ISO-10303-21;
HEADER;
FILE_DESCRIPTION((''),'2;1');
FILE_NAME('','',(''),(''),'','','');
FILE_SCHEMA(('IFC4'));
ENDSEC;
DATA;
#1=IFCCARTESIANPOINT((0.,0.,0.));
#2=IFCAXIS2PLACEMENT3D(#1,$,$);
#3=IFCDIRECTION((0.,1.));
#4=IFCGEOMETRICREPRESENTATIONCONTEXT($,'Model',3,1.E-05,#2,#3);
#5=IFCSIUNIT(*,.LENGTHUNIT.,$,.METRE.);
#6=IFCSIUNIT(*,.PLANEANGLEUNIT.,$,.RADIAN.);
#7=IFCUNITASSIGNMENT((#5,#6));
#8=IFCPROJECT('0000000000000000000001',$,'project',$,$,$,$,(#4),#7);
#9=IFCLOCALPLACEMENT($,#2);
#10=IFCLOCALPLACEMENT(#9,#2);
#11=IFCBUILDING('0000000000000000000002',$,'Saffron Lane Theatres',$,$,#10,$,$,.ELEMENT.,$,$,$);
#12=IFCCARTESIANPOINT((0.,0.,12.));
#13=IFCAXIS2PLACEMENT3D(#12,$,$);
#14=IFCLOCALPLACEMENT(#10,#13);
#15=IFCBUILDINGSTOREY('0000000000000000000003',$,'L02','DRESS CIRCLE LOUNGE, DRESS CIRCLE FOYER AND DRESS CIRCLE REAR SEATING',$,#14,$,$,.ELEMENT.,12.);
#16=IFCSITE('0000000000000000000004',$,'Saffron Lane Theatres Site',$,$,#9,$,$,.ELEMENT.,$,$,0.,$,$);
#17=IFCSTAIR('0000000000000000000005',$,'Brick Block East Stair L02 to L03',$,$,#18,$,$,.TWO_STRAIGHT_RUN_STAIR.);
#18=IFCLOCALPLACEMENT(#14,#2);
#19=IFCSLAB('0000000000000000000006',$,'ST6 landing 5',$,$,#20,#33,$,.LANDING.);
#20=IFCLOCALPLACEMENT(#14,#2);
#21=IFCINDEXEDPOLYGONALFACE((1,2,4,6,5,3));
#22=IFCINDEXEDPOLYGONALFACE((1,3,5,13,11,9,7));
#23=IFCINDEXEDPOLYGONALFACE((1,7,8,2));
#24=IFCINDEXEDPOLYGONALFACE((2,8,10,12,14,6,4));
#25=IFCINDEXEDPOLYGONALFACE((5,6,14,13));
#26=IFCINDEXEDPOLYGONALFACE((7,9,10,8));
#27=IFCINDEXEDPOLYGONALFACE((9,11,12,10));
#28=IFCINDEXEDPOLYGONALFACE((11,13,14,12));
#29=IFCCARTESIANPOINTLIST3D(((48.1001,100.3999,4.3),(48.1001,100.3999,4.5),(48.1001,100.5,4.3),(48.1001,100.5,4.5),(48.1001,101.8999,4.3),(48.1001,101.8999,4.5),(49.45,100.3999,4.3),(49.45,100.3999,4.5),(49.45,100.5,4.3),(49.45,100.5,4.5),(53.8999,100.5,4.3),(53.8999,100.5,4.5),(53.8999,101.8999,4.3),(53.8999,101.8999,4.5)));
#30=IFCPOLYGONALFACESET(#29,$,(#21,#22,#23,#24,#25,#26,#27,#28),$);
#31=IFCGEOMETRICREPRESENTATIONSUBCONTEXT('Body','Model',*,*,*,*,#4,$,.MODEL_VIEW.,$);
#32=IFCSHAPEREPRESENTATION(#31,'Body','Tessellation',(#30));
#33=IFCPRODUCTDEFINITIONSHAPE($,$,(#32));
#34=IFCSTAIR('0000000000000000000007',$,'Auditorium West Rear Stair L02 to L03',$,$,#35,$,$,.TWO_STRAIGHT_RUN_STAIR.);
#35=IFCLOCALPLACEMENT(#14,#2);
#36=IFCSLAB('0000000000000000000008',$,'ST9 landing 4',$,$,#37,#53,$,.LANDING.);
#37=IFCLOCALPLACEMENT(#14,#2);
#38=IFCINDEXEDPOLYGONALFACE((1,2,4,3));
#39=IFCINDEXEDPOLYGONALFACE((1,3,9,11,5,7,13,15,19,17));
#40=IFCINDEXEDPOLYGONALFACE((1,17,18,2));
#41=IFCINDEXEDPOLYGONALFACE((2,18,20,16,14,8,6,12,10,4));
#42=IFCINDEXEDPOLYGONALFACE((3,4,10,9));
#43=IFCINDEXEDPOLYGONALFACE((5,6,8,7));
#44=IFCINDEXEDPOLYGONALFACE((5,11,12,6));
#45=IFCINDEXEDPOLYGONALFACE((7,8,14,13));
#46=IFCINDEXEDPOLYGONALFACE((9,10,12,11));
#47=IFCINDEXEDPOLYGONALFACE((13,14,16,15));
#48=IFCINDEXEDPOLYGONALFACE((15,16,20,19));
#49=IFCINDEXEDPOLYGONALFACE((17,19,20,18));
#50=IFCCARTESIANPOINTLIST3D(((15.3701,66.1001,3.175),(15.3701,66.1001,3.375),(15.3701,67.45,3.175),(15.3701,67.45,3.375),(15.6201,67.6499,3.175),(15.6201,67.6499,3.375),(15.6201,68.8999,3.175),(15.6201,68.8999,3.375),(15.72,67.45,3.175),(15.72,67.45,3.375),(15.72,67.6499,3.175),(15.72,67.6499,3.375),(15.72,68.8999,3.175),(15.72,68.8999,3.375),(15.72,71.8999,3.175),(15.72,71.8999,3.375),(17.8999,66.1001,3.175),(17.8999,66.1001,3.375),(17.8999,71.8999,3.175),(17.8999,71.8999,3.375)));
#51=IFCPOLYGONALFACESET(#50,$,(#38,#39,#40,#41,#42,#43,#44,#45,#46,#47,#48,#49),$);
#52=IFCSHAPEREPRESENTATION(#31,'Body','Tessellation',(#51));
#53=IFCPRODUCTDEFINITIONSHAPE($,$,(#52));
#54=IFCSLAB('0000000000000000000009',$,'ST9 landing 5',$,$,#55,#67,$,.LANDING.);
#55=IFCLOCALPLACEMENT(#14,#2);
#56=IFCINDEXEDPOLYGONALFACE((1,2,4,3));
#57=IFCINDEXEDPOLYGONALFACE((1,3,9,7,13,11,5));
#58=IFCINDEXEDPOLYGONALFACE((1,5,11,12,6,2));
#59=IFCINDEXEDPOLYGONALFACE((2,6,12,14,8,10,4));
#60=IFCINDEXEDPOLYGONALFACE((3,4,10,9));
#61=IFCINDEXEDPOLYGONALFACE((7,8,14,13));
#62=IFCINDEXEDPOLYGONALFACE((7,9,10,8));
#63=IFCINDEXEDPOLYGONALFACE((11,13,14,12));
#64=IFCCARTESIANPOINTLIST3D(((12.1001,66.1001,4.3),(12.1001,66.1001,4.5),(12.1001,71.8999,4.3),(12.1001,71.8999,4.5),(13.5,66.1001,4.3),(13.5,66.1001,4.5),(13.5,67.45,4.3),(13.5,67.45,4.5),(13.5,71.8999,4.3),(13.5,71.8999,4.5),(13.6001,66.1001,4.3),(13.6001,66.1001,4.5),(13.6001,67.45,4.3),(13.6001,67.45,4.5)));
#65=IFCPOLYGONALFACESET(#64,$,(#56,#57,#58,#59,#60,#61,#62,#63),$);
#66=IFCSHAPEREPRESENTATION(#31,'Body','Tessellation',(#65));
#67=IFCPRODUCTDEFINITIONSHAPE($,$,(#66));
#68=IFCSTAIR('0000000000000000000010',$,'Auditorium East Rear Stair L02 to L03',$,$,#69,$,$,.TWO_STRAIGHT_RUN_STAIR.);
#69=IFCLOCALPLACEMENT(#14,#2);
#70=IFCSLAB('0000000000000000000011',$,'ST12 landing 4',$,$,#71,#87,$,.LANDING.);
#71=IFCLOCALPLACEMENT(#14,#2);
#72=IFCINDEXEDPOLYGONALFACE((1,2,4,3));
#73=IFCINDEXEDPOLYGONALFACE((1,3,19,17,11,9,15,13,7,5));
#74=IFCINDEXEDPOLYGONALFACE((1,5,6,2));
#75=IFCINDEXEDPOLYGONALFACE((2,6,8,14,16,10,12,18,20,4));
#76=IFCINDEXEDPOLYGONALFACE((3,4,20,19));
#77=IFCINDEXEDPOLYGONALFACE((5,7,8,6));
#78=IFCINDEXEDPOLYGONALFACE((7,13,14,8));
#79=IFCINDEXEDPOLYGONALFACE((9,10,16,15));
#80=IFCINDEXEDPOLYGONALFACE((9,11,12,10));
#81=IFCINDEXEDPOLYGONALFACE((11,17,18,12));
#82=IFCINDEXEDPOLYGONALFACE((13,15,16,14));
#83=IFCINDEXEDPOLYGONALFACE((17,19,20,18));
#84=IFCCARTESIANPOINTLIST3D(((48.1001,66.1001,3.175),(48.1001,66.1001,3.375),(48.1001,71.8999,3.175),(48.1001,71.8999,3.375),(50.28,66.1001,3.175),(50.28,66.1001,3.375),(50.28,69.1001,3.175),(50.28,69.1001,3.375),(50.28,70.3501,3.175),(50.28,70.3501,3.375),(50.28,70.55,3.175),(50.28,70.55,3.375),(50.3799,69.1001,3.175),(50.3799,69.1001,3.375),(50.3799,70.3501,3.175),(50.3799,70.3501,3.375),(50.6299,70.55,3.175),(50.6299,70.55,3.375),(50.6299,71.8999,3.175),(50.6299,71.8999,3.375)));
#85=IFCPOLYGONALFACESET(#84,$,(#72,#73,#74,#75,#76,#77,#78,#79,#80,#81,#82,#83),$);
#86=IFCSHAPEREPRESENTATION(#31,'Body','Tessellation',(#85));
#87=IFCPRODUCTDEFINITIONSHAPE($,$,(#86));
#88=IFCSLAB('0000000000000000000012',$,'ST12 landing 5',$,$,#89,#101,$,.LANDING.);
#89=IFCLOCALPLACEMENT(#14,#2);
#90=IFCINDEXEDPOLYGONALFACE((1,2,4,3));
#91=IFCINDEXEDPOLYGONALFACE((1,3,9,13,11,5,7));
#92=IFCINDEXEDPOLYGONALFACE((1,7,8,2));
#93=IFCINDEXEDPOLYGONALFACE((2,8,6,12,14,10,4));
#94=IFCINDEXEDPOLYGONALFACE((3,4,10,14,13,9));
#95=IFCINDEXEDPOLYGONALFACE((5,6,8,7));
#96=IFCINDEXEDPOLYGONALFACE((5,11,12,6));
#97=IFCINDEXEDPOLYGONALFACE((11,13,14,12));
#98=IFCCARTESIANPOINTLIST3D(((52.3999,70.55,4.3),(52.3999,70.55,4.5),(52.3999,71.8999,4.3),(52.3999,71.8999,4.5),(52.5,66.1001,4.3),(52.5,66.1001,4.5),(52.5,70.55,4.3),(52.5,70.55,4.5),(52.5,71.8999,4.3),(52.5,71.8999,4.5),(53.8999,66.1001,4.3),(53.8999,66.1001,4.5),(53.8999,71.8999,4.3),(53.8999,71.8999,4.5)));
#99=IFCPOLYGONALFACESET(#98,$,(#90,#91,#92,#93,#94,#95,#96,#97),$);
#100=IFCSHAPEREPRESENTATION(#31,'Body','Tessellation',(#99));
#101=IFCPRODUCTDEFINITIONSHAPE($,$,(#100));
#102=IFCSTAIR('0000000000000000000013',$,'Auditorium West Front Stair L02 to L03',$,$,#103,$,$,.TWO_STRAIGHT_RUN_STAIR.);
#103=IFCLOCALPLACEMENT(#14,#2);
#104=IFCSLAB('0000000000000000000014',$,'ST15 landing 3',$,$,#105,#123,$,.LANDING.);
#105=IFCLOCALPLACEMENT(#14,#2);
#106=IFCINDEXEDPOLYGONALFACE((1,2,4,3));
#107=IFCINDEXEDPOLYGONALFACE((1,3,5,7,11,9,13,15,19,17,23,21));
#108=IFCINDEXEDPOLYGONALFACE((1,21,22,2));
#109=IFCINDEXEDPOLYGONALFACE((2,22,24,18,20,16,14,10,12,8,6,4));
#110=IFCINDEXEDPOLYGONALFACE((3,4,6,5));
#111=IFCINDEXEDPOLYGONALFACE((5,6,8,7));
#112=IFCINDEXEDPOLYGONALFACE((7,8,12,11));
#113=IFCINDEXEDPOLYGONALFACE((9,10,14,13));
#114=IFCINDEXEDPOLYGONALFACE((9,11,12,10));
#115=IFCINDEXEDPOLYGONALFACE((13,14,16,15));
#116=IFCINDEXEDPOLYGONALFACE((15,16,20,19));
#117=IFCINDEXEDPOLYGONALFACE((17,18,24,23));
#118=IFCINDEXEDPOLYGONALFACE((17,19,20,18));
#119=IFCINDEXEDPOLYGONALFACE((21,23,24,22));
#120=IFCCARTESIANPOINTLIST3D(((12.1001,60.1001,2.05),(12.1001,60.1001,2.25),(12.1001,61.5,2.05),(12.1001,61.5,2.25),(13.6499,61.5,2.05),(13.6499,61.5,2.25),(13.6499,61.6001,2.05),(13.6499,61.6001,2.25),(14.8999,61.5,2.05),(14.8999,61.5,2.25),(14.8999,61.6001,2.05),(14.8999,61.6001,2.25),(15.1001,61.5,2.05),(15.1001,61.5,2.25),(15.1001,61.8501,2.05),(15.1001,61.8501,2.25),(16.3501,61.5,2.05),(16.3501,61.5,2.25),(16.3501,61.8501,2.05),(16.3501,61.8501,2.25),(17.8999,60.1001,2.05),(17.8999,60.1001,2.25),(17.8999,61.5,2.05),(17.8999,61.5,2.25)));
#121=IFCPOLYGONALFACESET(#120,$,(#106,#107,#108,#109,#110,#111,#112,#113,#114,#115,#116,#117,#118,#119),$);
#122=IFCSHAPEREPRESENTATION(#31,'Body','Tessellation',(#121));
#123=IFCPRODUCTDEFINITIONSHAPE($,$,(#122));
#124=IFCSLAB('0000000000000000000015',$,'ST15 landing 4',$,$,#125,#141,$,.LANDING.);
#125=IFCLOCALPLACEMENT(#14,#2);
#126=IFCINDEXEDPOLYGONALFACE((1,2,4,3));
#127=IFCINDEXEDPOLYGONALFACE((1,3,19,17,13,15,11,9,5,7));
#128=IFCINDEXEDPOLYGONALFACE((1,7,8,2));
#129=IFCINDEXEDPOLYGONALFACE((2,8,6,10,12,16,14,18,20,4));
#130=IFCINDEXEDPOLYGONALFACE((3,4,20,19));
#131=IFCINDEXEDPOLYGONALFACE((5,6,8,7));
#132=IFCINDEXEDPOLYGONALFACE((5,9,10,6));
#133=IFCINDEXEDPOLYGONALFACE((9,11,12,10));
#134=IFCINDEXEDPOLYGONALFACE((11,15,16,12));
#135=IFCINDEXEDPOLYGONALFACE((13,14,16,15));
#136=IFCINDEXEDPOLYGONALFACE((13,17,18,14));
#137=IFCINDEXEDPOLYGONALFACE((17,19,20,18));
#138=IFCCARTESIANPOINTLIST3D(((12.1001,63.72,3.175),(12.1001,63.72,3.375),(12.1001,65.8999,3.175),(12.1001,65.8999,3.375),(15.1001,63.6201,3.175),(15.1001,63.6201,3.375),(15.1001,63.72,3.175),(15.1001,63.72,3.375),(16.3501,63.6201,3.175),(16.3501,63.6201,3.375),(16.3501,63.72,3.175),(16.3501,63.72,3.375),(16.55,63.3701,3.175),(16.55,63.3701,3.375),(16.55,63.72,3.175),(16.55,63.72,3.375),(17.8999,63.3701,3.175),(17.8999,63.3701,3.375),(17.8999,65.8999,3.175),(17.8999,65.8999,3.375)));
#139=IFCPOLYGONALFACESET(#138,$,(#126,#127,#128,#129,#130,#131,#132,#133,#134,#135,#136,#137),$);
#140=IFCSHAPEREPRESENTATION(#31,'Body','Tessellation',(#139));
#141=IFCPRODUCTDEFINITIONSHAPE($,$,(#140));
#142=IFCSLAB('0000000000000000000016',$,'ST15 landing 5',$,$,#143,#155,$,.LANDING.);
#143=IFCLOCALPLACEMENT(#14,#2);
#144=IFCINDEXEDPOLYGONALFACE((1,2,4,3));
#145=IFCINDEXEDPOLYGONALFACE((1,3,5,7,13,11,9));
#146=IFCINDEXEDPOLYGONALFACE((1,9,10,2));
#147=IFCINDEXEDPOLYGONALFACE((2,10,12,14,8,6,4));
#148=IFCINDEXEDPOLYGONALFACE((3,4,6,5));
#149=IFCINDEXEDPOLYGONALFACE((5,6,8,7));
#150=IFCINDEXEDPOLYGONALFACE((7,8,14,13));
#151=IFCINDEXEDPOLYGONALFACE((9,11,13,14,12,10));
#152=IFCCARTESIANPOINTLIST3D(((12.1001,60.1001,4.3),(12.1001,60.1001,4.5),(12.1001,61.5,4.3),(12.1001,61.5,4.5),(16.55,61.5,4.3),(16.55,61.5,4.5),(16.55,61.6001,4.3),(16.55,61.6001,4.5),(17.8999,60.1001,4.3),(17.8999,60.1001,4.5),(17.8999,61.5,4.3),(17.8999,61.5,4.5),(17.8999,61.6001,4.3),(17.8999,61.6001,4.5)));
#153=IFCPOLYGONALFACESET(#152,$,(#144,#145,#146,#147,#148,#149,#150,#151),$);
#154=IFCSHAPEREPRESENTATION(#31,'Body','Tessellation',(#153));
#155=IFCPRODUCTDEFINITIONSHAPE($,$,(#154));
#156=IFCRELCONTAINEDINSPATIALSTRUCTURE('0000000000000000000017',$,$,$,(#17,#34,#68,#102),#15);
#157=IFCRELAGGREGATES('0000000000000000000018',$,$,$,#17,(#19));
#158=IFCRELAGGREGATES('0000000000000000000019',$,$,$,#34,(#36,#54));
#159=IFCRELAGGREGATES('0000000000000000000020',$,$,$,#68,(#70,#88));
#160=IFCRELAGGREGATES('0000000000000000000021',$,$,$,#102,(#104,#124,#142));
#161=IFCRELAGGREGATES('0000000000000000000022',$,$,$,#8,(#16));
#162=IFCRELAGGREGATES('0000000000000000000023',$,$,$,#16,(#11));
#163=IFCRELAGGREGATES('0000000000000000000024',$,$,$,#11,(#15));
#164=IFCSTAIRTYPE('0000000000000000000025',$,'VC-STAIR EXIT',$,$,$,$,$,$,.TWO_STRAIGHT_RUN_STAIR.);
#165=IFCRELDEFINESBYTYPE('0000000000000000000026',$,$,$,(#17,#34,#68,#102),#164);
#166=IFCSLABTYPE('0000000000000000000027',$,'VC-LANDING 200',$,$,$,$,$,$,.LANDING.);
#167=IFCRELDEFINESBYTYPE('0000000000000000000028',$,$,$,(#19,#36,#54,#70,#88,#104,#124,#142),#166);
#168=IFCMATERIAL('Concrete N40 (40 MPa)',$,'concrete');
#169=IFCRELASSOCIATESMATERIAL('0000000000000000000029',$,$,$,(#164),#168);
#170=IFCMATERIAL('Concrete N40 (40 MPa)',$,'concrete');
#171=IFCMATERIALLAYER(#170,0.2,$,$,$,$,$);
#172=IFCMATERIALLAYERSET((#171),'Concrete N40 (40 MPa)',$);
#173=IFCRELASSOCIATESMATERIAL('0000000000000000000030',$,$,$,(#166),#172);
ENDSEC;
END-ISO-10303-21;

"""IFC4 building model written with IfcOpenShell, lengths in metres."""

from ifc_helpers import new_model, si_unit, direction, frame, origin, place, context, subcontext, project, spatial, polyline, outline, extrude, material, layer, layer_set, type_object, element, aggregate, save


model = new_model("IFC4")

# Units and contexts
model_context = context("Model", 3, precision=1e-05, world=origin(), true_north=direction((0.0, 1.0)))
body_context = subcontext(model_context, "Body", "Model", "MODEL_VIEW")
ifc_project = project(units=[si_unit("LENGTHUNIT", "METRE"), si_unit("PLANEANGLEUNIT", "RADIAN")], contexts=[model_context])

# Site, building, storey
site_placement = place(None, origin())
site = spatial("IfcSite", under=ifc_project, at=site_placement, Name="Saffron Lane Theatres Site", CompositionType="ELEMENT", RefElevation=0.0)
building_placement = place(site_placement, origin())
building = spatial("IfcBuilding", under=site, at=building_placement, Name="Saffron Lane Theatres", CompositionType="ELEMENT")
storey_placement = place(building_placement, frame((0.0, 0.0, 12.0)))
storey = spatial("IfcBuildingStorey", under=building, at=storey_placement, Name="L02", Description="DRESS CIRCLE LOUNGE, DRESS CIRCLE FOYER AND DRESS CIRCLE REAR SEATING", CompositionType="ELEMENT", Elevation=12.0)

# Stairs, slabs
ifc_material_1 = material(Name="Concrete N40 (40 MPa)", Category="concrete")
stair_type = type_object("IfcStairType", Name="VC-STAIR EXIT", PredefinedType="TWO_STRAIGHT_RUN_STAIR", material=ifc_material_1)
ifc_material_2 = material(Name="Concrete N40 (40 MPa)", Category="concrete")
ifc_layer_1 = layer(ifc_material_2, 0.2)
ifc_layer_set_1 = layer_set([ifc_layer_1], Name="Concrete N40 (40 MPa)")
slab_type_1 = type_object("IfcSlabType", Name="VC-LANDING 200", PredefinedType="LANDING", material=ifc_layer_set_1)
stair_1_placement = place(storey_placement, origin())
stair_1 = element("IfcStair", 1, at=stair_1_placement, inside=storey, type_object=stair_type, Name="Brick Block East Stair L02 to L03", PredefinedType="TWO_STRAIGHT_RUN_STAIR")
slab_1_placement = place(storey_placement, frame((0.0, 0.0, 4.3)))
slab_1 = element("IfcSlab", 2, at=slab_1_placement, type_object=slab_type_1, Name="ST6 landing 5", PredefinedType="LANDING", context=body_context, shape_type="SweptSolid", body=[
    extrude(outline(polyline([(48.1001, 101.8999), (53.8999, 101.8999), (53.8999, 100.5), (49.45, 100.5), (49.45, 100.3999), (48.1001, 100.3999), (48.1001, 100.5), (48.1001, 100.5), (48.1001, 101.8999)])), origin(), (0.0, 0.0, 1.0), 0.2),
])
aggregate(stair_1, [slab_1])
stair_2_placement = place(storey_placement, origin())
stair_2 = element("IfcStair", 3, at=stair_2_placement, inside=storey, type_object=stair_type, Name="Auditorium West Rear Stair L02 to L03", PredefinedType="TWO_STRAIGHT_RUN_STAIR")
slab_2_placement = place(storey_placement, frame((0.0, 0.0, 3.175)))
slab_2 = element("IfcSlab", 4, at=slab_2_placement, type_object=slab_type_1, Name="ST9 landing 4", PredefinedType="LANDING", context=body_context, shape_type="SweptSolid", body=[
    extrude(outline(polyline([(15.72, 67.45), (15.72, 67.6499), (15.6201, 67.6499), (15.6201, 68.8999), (15.72, 68.8999), (15.72, 71.8999), (17.8999, 71.8999), (17.8999, 66.1001), (15.3701, 66.1001), (15.3701, 67.45), (15.72, 67.45)])), origin(), (0.0, 0.0, 1.0), 0.2),
])
slab_3_placement = place(storey_placement, frame((0.0, 0.0, 4.3)))
slab_3 = element("IfcSlab", 5, at=slab_3_placement, type_object=slab_type_1, Name="ST9 landing 5", PredefinedType="LANDING", context=body_context, shape_type="SweptSolid", body=[
    extrude(outline(polyline([(12.1001, 66.1001), (12.1001, 71.8999), (13.5, 71.8999), (13.5, 67.45), (13.6001, 67.45), (13.6001, 66.1001), (13.5, 66.1001), (13.5, 66.1001), (12.1001, 66.1001)])), origin(), (0.0, 0.0, 1.0), 0.2),
])
aggregate(stair_2, [slab_2, slab_3])
stair_3_placement = place(storey_placement, origin())
stair_3 = element("IfcStair", 6, at=stair_3_placement, inside=storey, type_object=stair_type, Name="Auditorium East Rear Stair L02 to L03", PredefinedType="TWO_STRAIGHT_RUN_STAIR")
slab_4_placement = place(storey_placement, frame((0.0, 0.0, 3.175)))
slab_4 = element("IfcSlab", 7, at=slab_4_placement, type_object=slab_type_1, Name="ST12 landing 4", PredefinedType="LANDING", context=body_context, shape_type="SweptSolid", body=[
    extrude(outline(polyline([(50.28, 70.55), (50.28, 70.3501), (50.3799, 70.3501), (50.3799, 69.1001), (50.28, 69.1001), (50.28, 66.1001), (48.1001, 66.1001), (48.1001, 71.8999), (50.6299, 71.8999), (50.6299, 70.55), (50.28, 70.55)])), origin(), (0.0, 0.0, 1.0), 0.2),
])
slab_5_placement = place(storey_placement, frame((0.0, 0.0, 4.3)))
slab_5 = element("IfcSlab", 8, at=slab_5_placement, type_object=slab_type_1, Name="ST12 landing 5", PredefinedType="LANDING", context=body_context, shape_type="SweptSolid", body=[
    extrude(outline(polyline([(53.8999, 71.8999), (53.8999, 66.1001), (52.5, 66.1001), (52.5, 70.55), (52.3999, 70.55), (52.3999, 71.8999), (52.5, 71.8999), (52.5, 71.8999), (53.8999, 71.8999)])), origin(), (0.0, 0.0, 1.0), 0.2),
])
aggregate(stair_3, [slab_4, slab_5])
stair_4_placement = place(storey_placement, origin())
stair_4 = element("IfcStair", 9, at=stair_4_placement, inside=storey, type_object=stair_type, Name="Auditorium West Front Stair L02 to L03", PredefinedType="TWO_STRAIGHT_RUN_STAIR")
slab_6_placement = place(storey_placement, frame((0.0, 0.0, 2.05)))
slab_6 = element("IfcSlab", 10, at=slab_6_placement, type_object=slab_type_1, Name="ST15 landing 3", PredefinedType="LANDING", context=body_context, shape_type="SweptSolid", body=[
    extrude(outline(polyline([(17.8999, 61.5), (17.8999, 60.1001), (12.1001, 60.1001), (12.1001, 61.5), (13.6499, 61.5), (13.6499, 61.6001), (14.8999, 61.6001), (14.8999, 61.5), (15.1001, 61.5), (15.1001, 61.8501), (16.3501, 61.8501), (16.3501, 61.5), (17.8999, 61.5)])), origin(), (0.0, 0.0, 1.0), 0.2),
])
slab_7_placement = place(storey_placement, frame((0.0, 0.0, 3.175)))
slab_7 = element("IfcSlab", 11, at=slab_7_placement, type_object=slab_type_1, Name="ST15 landing 4", PredefinedType="LANDING", context=body_context, shape_type="SweptSolid", body=[
    extrude(outline(polyline([(16.55, 63.72), (16.3501, 63.72), (16.3501, 63.6201), (15.1001, 63.6201), (15.1001, 63.72), (12.1001, 63.72), (12.1001, 65.8999), (17.8999, 65.8999), (17.8999, 63.3701), (16.55, 63.3701), (16.55, 63.72)])), origin(), (0.0, 0.0, 1.0), 0.2),
])
slab_8_placement = place(storey_placement, frame((0.0, 0.0, 4.3)))
slab_8 = element("IfcSlab", 12, at=slab_8_placement, type_object=slab_type_1, Name="ST15 landing 5", PredefinedType="LANDING", context=body_context, shape_type="SweptSolid", body=[
    extrude(outline(polyline([(17.8999, 61.5), (17.8999, 60.1001), (12.1001, 60.1001), (12.1001, 61.5), (16.55, 61.5), (16.55, 61.6001), (17.8999, 61.6001), (17.8999, 61.5), (17.8999, 61.5)])), origin(), (0.0, 0.0, 1.0), 0.2),
])
aggregate(stair_4, [slab_6, slab_7, slab_8])

save(model, "model.ifc")
